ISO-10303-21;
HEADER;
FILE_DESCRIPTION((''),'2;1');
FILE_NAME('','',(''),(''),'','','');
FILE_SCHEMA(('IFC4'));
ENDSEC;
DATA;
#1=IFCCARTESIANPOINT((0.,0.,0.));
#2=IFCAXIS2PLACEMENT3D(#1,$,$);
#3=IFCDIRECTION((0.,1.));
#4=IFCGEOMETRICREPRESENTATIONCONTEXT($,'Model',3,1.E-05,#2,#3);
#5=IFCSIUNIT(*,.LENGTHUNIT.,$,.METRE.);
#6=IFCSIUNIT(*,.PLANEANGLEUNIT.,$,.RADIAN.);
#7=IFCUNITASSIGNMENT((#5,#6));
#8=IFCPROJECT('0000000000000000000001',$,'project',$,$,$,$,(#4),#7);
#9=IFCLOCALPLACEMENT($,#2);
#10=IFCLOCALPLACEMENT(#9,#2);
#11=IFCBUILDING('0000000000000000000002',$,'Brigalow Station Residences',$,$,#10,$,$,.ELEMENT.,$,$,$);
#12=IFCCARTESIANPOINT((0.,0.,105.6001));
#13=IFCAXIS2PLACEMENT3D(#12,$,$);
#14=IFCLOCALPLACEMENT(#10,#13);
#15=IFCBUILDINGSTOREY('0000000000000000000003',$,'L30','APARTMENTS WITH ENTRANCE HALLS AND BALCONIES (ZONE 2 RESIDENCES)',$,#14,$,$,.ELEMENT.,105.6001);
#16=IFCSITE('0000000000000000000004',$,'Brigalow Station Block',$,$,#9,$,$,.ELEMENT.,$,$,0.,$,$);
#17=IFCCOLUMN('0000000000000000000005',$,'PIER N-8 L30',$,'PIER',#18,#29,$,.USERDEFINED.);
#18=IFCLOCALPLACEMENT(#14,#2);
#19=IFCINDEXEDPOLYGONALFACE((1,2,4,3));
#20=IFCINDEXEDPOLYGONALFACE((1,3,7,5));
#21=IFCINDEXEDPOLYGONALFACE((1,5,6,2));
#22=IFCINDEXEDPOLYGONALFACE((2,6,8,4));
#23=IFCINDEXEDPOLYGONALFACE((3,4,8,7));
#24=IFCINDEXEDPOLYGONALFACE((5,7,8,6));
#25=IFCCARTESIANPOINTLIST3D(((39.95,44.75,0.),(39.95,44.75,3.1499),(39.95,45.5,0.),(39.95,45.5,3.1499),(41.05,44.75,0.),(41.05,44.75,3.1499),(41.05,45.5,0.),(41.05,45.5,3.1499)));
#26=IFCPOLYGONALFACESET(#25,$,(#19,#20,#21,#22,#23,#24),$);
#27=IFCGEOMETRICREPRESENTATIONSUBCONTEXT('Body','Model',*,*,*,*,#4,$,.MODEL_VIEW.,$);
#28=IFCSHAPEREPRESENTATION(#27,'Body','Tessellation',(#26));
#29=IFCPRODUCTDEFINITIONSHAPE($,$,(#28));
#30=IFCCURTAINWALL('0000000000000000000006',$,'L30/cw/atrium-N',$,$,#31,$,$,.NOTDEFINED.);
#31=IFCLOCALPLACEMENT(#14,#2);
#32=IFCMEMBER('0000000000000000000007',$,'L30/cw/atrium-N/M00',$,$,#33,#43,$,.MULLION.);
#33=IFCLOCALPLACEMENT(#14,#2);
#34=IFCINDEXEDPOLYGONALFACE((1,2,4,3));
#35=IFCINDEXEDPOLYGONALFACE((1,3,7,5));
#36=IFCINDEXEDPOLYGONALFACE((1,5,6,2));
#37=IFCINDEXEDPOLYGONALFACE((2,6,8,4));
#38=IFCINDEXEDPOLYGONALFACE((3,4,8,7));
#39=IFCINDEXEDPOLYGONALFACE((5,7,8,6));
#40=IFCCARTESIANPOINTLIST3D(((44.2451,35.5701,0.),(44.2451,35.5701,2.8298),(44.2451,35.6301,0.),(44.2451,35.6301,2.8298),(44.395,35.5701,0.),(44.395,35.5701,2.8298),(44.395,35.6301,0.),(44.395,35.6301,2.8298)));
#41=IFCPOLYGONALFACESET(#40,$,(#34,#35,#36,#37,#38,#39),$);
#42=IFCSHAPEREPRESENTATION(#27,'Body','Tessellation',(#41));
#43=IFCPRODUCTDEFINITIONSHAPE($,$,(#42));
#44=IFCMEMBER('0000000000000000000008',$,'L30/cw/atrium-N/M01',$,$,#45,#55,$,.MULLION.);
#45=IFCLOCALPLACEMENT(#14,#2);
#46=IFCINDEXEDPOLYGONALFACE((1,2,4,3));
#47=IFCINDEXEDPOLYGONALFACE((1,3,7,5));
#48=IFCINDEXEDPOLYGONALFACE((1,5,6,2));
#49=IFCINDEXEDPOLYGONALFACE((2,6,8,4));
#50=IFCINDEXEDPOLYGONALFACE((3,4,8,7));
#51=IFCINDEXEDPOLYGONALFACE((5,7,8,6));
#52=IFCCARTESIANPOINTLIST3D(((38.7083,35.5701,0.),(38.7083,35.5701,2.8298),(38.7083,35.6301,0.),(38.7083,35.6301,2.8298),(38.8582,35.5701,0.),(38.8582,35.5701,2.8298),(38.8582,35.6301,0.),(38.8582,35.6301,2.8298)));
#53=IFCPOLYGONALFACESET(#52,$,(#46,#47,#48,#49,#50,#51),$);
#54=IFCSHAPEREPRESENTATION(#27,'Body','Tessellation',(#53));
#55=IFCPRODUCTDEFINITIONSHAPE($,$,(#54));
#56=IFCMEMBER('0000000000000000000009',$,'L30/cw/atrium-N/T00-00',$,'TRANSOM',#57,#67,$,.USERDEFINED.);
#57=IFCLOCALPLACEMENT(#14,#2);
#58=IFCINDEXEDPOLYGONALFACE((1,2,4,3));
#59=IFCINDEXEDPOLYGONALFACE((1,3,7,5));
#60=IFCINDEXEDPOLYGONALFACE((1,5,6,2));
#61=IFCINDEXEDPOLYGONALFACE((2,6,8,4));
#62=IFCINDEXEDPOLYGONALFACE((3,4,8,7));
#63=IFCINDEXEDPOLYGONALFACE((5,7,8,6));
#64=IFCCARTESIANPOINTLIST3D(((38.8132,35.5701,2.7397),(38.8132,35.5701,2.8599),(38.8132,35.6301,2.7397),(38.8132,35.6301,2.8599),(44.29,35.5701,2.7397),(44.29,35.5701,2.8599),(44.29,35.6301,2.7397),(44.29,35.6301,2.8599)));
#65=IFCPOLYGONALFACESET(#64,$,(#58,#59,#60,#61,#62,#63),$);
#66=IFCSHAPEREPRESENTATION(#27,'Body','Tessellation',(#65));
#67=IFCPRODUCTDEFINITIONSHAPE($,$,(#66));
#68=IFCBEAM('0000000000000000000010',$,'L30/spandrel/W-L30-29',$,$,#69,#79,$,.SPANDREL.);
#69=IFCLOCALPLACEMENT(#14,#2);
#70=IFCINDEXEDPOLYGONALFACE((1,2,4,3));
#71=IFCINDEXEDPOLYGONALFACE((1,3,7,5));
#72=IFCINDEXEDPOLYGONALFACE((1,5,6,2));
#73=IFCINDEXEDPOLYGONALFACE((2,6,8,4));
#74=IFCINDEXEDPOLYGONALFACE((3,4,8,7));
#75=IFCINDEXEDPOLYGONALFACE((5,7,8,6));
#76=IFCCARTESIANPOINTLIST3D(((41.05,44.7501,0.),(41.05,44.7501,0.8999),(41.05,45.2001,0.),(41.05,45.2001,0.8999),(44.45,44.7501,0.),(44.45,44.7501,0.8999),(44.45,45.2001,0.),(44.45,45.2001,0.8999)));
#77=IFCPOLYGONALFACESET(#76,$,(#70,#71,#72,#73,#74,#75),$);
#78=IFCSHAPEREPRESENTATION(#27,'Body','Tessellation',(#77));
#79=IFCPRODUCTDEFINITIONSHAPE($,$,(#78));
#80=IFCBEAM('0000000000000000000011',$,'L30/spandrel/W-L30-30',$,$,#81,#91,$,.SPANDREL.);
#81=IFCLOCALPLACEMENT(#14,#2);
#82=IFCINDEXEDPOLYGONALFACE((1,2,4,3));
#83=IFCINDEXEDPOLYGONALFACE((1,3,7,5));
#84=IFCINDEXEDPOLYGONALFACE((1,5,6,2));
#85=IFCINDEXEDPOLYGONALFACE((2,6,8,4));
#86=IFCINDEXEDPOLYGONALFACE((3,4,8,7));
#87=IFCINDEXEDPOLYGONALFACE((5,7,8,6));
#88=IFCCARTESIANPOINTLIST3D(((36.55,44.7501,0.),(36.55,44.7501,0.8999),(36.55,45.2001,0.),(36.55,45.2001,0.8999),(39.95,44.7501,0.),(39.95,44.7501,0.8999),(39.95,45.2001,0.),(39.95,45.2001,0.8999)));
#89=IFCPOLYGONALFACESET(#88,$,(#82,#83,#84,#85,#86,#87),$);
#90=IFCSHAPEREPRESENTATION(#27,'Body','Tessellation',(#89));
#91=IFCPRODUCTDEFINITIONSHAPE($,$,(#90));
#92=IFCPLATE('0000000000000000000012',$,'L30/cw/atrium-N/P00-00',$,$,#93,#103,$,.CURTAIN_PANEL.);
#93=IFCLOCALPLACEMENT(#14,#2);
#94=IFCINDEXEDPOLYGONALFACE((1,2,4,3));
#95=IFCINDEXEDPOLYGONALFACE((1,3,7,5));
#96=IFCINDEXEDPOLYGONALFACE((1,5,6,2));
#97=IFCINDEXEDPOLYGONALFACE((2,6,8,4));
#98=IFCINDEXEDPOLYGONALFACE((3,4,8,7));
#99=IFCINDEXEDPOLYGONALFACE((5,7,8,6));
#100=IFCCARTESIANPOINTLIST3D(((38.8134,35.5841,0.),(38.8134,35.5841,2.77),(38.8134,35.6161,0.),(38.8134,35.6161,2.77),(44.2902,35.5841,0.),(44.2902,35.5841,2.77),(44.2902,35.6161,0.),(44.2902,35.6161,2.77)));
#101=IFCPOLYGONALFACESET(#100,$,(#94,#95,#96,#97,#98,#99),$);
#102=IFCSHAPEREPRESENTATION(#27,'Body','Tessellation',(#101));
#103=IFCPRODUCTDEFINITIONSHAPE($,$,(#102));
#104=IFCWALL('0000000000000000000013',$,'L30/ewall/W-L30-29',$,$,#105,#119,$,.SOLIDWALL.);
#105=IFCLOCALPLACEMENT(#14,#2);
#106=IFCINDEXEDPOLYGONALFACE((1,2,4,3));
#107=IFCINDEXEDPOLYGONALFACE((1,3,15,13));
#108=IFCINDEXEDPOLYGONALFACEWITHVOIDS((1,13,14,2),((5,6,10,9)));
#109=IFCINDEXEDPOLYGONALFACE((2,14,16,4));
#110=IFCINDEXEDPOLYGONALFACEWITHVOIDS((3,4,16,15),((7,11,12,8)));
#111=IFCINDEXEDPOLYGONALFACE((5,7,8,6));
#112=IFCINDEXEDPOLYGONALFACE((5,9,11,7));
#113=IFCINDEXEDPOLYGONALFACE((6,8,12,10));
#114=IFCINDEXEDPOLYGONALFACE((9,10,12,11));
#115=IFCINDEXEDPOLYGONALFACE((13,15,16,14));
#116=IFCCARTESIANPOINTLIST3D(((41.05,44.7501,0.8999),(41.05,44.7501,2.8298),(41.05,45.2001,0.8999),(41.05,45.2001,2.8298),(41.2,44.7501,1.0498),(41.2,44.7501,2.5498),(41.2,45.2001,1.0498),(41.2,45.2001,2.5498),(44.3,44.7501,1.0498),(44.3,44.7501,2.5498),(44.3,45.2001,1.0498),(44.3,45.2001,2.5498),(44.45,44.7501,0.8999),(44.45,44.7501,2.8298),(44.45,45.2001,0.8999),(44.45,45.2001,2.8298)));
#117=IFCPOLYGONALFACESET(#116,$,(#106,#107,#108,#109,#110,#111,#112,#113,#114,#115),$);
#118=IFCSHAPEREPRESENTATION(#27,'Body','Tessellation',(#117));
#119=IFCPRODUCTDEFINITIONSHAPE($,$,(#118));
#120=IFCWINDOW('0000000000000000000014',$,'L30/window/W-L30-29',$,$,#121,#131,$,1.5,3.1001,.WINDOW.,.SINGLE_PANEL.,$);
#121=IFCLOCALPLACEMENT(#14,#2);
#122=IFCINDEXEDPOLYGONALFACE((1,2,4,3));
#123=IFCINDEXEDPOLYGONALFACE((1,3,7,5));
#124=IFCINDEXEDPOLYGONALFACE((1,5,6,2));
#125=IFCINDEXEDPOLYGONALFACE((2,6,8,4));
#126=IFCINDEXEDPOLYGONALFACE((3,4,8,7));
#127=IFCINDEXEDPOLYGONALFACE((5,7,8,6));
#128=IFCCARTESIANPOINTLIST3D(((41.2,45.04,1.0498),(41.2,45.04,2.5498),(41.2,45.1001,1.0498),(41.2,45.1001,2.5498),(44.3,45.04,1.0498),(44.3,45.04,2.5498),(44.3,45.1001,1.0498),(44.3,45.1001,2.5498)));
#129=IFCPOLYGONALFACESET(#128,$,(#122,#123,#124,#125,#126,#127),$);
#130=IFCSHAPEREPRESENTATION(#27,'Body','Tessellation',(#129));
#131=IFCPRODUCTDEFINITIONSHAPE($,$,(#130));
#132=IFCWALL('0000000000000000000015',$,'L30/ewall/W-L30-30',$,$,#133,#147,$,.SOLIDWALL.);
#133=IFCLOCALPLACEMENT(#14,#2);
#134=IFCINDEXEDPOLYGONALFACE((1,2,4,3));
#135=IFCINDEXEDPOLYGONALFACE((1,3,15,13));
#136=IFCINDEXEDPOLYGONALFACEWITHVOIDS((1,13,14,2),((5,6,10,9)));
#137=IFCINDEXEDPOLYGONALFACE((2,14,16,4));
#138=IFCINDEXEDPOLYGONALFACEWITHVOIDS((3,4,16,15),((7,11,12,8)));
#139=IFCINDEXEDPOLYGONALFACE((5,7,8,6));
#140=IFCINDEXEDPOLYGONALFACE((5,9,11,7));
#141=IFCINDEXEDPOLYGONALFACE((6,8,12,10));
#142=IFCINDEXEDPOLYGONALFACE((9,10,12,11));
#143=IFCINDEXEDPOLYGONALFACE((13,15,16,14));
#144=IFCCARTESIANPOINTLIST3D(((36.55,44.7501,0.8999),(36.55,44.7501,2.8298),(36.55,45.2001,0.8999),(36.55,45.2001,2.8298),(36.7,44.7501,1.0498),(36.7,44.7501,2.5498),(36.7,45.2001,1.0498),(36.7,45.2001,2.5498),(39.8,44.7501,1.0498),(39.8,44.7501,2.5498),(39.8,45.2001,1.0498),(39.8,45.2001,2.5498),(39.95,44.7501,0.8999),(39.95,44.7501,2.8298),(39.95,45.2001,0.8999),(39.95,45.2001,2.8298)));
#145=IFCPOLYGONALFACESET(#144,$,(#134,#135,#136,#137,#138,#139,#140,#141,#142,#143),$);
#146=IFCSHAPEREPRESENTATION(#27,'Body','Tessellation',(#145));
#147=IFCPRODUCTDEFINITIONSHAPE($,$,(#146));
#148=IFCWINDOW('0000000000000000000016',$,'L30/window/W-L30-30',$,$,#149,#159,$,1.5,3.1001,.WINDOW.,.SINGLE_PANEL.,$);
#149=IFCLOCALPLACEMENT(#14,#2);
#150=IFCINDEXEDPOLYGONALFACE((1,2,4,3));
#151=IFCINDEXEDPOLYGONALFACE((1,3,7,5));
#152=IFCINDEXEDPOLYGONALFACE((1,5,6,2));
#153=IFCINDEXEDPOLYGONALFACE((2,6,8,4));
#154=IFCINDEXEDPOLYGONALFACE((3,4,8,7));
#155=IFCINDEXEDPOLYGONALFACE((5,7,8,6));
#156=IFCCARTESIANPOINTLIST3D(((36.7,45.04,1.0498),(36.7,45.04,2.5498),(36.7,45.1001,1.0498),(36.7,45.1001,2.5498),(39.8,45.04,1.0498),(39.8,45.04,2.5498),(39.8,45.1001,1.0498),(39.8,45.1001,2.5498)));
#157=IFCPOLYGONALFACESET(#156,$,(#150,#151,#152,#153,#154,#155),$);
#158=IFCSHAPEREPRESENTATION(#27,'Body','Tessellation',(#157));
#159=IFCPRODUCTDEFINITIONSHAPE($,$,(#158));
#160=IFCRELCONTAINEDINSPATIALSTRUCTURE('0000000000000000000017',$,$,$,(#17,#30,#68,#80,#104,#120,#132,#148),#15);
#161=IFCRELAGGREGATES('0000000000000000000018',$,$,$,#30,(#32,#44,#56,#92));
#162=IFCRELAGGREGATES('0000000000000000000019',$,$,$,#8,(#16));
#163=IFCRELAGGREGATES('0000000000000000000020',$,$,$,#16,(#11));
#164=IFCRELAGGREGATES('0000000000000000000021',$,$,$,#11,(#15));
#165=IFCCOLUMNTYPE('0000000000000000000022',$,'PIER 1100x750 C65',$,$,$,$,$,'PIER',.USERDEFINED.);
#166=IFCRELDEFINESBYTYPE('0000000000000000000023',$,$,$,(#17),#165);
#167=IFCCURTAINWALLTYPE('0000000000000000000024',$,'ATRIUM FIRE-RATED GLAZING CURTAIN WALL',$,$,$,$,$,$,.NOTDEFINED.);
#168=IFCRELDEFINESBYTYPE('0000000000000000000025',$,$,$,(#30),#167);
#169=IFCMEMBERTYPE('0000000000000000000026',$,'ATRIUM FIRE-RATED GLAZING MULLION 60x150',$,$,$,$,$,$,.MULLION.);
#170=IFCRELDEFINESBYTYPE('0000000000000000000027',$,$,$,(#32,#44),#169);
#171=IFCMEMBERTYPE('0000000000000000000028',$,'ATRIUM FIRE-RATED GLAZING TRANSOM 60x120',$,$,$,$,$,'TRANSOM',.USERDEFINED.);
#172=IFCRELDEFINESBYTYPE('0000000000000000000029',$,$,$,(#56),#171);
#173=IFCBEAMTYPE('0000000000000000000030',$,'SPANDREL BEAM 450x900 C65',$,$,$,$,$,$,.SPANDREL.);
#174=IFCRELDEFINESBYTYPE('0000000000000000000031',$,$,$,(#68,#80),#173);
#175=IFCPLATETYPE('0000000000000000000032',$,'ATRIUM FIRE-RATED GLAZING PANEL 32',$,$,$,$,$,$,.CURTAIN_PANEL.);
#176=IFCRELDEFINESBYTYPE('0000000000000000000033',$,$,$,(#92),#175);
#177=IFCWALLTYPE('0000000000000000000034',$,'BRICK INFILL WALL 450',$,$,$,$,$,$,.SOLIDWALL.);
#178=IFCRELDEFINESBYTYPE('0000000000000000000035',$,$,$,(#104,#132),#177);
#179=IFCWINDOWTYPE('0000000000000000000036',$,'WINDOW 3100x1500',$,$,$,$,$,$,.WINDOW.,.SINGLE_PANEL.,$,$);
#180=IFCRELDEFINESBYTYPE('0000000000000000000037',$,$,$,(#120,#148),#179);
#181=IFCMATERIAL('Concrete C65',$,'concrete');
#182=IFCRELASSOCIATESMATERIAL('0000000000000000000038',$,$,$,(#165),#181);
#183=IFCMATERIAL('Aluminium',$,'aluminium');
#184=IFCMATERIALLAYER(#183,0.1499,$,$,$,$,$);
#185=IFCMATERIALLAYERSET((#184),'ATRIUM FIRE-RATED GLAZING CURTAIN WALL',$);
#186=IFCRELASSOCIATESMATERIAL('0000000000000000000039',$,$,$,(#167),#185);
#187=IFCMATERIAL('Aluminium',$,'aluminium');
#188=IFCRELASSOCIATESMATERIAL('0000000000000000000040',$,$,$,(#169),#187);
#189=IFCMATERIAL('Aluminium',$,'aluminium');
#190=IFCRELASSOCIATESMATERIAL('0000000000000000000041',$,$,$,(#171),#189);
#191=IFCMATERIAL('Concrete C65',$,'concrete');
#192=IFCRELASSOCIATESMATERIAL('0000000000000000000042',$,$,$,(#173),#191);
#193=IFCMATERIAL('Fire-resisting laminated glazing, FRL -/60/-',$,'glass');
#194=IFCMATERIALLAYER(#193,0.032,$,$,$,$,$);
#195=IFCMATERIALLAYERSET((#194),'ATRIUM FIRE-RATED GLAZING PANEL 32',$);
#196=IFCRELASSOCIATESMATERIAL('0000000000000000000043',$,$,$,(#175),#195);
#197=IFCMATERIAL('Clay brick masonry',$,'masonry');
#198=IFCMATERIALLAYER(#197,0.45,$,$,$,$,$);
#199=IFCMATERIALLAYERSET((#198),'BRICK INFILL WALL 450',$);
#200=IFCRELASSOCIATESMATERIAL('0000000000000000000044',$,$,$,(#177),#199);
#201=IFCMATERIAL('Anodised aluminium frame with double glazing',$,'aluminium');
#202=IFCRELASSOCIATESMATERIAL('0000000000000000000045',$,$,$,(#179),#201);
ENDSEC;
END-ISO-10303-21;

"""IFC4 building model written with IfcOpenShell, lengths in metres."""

from ifc_helpers import new_model, si_unit, direction, frame, frame_2d, origin, origin_2d, place, context, subcontext, project, spatial, rectangle, extrude, material, layer, layer_set, material_profile, profile_set, type_object, element, fill, aggregate, save


model = new_model("IFC4")

# Units and contexts
model_context = context("Model", 3, precision=1e-05, world=origin(), true_north=direction((0.0, 1.0)))
body_context = subcontext(model_context, "Body", "Model", "MODEL_VIEW")
ifc_project = project(units=[si_unit("LENGTHUNIT", "METRE"), si_unit("PLANEANGLEUNIT", "RADIAN")], contexts=[model_context])

# Site, building, storey
site_placement = place(None, origin())
site = spatial("IfcSite", under=ifc_project, at=site_placement, Name="Brigalow Station Block", CompositionType="ELEMENT", RefElevation=0.0)
building_placement = place(site_placement, origin())
building = spatial("IfcBuilding", under=site, at=building_placement, Name="Brigalow Station Residences", CompositionType="ELEMENT")
storey_placement = place(building_placement, frame((0.0, 0.0, 105.6001)))
storey = spatial("IfcBuildingStorey", under=building, at=storey_placement, Name="L30", Description="APARTMENTS WITH ENTRANCE HALLS AND BALCONIES (ZONE 2 RESIDENCES)", CompositionType="ELEMENT", Elevation=105.6001)

# Column
ifc_material_1 = material(Name="Concrete C65", Category="concrete")
ifc_material_profile_1 = material_profile(ifc_material_1, rectangle(XDim=1.1001, YDim=0.75, at=origin_2d()), Name="RC1100x750")
ifc_profile_set_1 = profile_set([ifc_material_profile_1], Name="Concrete C65")
column_type = type_object("IfcColumnType", Name="PIER 1100x750 C65", ElementType="PIER", PredefinedType="USERDEFINED", material=ifc_profile_set_1)
column_placement = place(storey_placement, frame((40.5, 45.125, 0.0), z_axis=(0.0, 0.0, 1.0), x_axis=(-1.0, 0.0, 0.0)))
element("IfcColumn", 1, at=column_placement, inside=storey, type_object=column_type, Name="PIER N-8 L30", ObjectType="PIER", PredefinedType="USERDEFINED", context=body_context, shape_type="SweptSolid", body=[
    extrude(rectangle(XDim=1.1001, YDim=0.75, at=origin_2d()), origin(), (0.0, 0.0, 1.0), 3.1499),
])

# Curtain wall, members
ifc_material_2 = material(Name="Aluminium", Category="aluminium")
ifc_layer_1 = layer(ifc_material_2, 0.1499)
ifc_layer_set_1 = layer_set([ifc_layer_1], Name="ATRIUM FIRE-RATED GLAZING CURTAIN WALL")
curtain_wall_type = type_object("IfcCurtainWallType", Name="ATRIUM FIRE-RATED GLAZING CURTAIN WALL", PredefinedType="NOTDEFINED", material=ifc_layer_set_1)
curtain_wall_placement = place(storey_placement, origin())
curtain_wall = element("IfcCurtainWall", 2, at=curtain_wall_placement, inside=storey, type_object=curtain_wall_type, Name="L30/cw/atrium-N", PredefinedType="NOTDEFINED")
ifc_material_3 = material(Name="Aluminium", Category="aluminium")
ifc_material_profile_2 = material_profile(ifc_material_3, rectangle(XDim=0.0601, YDim=0.1499, at=origin_2d()), Name="ATRIUM FIRE-RATED GLAZING MULLION 60x150")
ifc_profile_set_2 = profile_set([ifc_material_profile_2], Name="Aluminium")
member_type_1 = type_object("IfcMemberType", Name="ATRIUM FIRE-RATED GLAZING MULLION 60x150", PredefinedType="MULLION", material=ifc_profile_set_2)
member_1_placement = place(storey_placement, frame((44.3201, 35.6001, 0.0), z_axis=(0.0, 0.0, 1.0), x_axis=(0.0, -1.0, 0.0)))
member_1 = element("IfcMember", 3, at=member_1_placement, type_object=member_type_1, Name="L30/cw/atrium-N/M00", PredefinedType="MULLION", context=body_context, shape_type="SweptSolid", body=[
    extrude(rectangle(XDim=0.0601, YDim=0.1499, at=origin_2d()), origin(), (0.0, 0.0, 1.0), 2.8298),
])
member_2_placement = place(storey_placement, frame((38.7832, 35.6001, 0.0), z_axis=(0.0, 0.0, 1.0), x_axis=(0.0, -1.0, 0.0)))
member_2 = element("IfcMember", 4, at=member_2_placement, type_object=member_type_1, Name="L30/cw/atrium-N/M01", PredefinedType="MULLION", context=body_context, shape_type="SweptSolid", body=[
    extrude(rectangle(XDim=0.0601, YDim=0.1499, at=origin_2d()), origin(), (0.0, 0.0, 1.0), 2.8298),
])
ifc_material_4 = material(Name="Aluminium", Category="aluminium")
ifc_material_profile_3 = material_profile(ifc_material_4, rectangle(XDim=0.0601, YDim=0.1201, at=origin_2d()), Name="ATRIUM FIRE-RATED GLAZING TRANSOM 60x120")
ifc_profile_set_3 = profile_set([ifc_material_profile_3], Name="Aluminium")
member_type_2 = type_object("IfcMemberType", Name="ATRIUM FIRE-RATED GLAZING TRANSOM 60x120", ElementType="TRANSOM", PredefinedType="USERDEFINED", material=ifc_profile_set_3)
member_3_placement = place(storey_placement, frame((44.29, 35.6001, 2.7998), z_axis=(-1.0, 0.0, 0.0), x_axis=(0.0, -1.0, 0.0)))
member_3 = element("IfcMember", 5, at=member_3_placement, type_object=member_type_2, Name="L30/cw/atrium-N/T00-00", ObjectType="TRANSOM", PredefinedType="USERDEFINED", context=body_context, shape_type="SweptSolid", body=[
    extrude(rectangle(XDim=0.0601, YDim=0.1201, at=origin_2d()), origin(), (0.0, 0.0, 1.0), 5.4768),
])

# Beams
ifc_material_5 = material(Name="Concrete C65", Category="concrete")
ifc_material_profile_4 = material_profile(ifc_material_5, rectangle(XDim=0.45, YDim=0.8999, at=origin_2d()), Name="RC450x900")
ifc_profile_set_4 = profile_set([ifc_material_profile_4], Name="Concrete C65")
beam_type = type_object("IfcBeamType", Name="SPANDREL BEAM 450x900 C65", PredefinedType="SPANDREL", material=ifc_profile_set_4)
for number, where, z_axis, x_axis, name in (
    (6, (44.45, 44.9751, 0.45), (-1.0, 0.0, 0.0), (0.0, -1.0, 0.0), "L30/spandrel/W-L30-29"),
    (7, (39.95, 44.9751, 0.45), (-1.0, 0.0, 0.0), (0.0, -1.0, 0.0), "L30/spandrel/W-L30-30"),
):
    element("IfcBeam", number, at=place(storey_placement, frame(where, z_axis=z_axis, x_axis=x_axis)), inside=storey, type_object=beam_type, Name=name, PredefinedType="SPANDREL", context=body_context, shape_type="SweptSolid", body=[
        extrude(rectangle(XDim=0.45, YDim=0.8999, at=origin_2d()), origin(), (0.0, 0.0, 1.0), 3.3999),
    ])

# Plate
ifc_material_6 = material(Name="Fire-resisting laminated glazing, FRL -/60/-", Category="glass")
ifc_layer_2 = layer(ifc_material_6, 0.032)
ifc_layer_set_2 = layer_set([ifc_layer_2], Name="ATRIUM FIRE-RATED GLAZING PANEL 32")
plate_type = type_object("IfcPlateType", Name="ATRIUM FIRE-RATED GLAZING PANEL 32", PredefinedType="CURTAIN_PANEL", material=ifc_layer_set_2)
plate_placement = place(storey_placement, frame((41.5518, 35.6001, 0.0), z_axis=(0.0, 0.0, 1.0), x_axis=(-1.0, 0.0, 0.0)))
plate = element("IfcPlate", 8, at=plate_placement, type_object=plate_type, Name="L30/cw/atrium-N/P00-00", PredefinedType="CURTAIN_PANEL", context=body_context, shape_type="SweptSolid", body=[
    extrude(rectangle(XDim=5.4768, YDim=0.032, at=origin_2d()), origin(), (0.0, 0.0, 1.0), 2.77),
])
aggregate(curtain_wall, [member_1, member_2, member_3, plate])

# Walls, openings, windows
ifc_material_7 = material(Name="Clay brick masonry", Category="masonry")
ifc_layer_3 = layer(ifc_material_7, 0.45)
ifc_layer_set_3 = layer_set([ifc_layer_3], Name="BRICK INFILL WALL 450")
wall_type_1 = type_object("IfcWallType", Name="BRICK INFILL WALL 450", PredefinedType="SOLIDWALL", material=ifc_layer_set_3)
wall_1_placement = place(storey_placement, frame((44.45, 44.9751, 0.8999), z_axis=(0.0, 0.0, 1.0), x_axis=(-1.0, 0.0, 0.0)))
wall_1 = element("IfcWall", 9, at=wall_1_placement, inside=storey, type_object=wall_type_1, Name="L30/ewall/W-L30-29", PredefinedType="SOLIDWALL", context=body_context, shape_type="SweptSolid", body=[
    extrude(rectangle(XDim=3.3999, YDim=0.45, at=frame_2d((1.7, 0.0))), origin(), (0.0, 0.0, 1.0), 1.9299),
])
opening_1_placement = place(wall_1_placement, frame((0.1499, 0.0, 0.1499)))
opening_1 = element("IfcOpeningElement", 10, at=opening_1_placement, cuts=wall_1, PredefinedType="OPENING", context=body_context, shape_type="SweptSolid", body=[
    extrude(rectangle(XDim=3.1001, YDim=1.5, at=frame_2d((1.55, 0.75))), frame((0.0, 0.2349, 0.0), z_axis=(0.0, -1.0, 0.0), x_axis=(1.0, 0.0, 0.0)), (0.0, 0.0, 1.0), 0.47),
])
ifc_material_8 = material(Name="Anodised aluminium frame with double glazing", Category="aluminium")
window_type = type_object("IfcWindowType", Name="WINDOW 3100x1500", PartitioningType="SINGLE_PANEL", PredefinedType="WINDOW", material=ifc_material_8)
window_1_placement = place(opening_1_placement, origin())
window_1 = element("IfcWindow", 11, at=window_1_placement, inside=storey, type_object=window_type, Name="L30/window/W-L30-29", OverallHeight=1.5, OverallWidth=3.1001, PartitioningType="SINGLE_PANEL", PredefinedType="WINDOW", context=body_context, shape_type="SweptSolid", body=[
    extrude(rectangle(XDim=3.1001, YDim=1.5, at=frame_2d((1.55, 0.75))), frame((0.0, -0.0649, 0.0), z_axis=(0.0, -1.0, 0.0), x_axis=(1.0, 0.0, 0.0)), (0.0, 0.0, 1.0), 0.0601),
])
fill(opening_1, window_1)
wall_2_placement = place(storey_placement, frame((39.95, 44.9751, 0.8999), z_axis=(0.0, 0.0, 1.0), x_axis=(-1.0, 0.0, 0.0)))
wall_2 = element("IfcWall", 12, at=wall_2_placement, inside=storey, type_object=wall_type_1, Name="L30/ewall/W-L30-30", PredefinedType="SOLIDWALL", context=body_context, shape_type="SweptSolid", body=[
    extrude(rectangle(XDim=3.3999, YDim=0.45, at=frame_2d((1.7, 0.0))), origin(), (0.0, 0.0, 1.0), 1.9299),
])
opening_2_placement = place(wall_2_placement, frame((0.1499, 0.0, 0.1499)))
opening_2 = element("IfcOpeningElement", 13, at=opening_2_placement, cuts=wall_2, PredefinedType="OPENING", context=body_context, shape_type="SweptSolid", body=[
    extrude(rectangle(XDim=3.1001, YDim=1.5, at=frame_2d((1.55, 0.75))), frame((0.0, 0.2349, 0.0), z_axis=(0.0, -1.0, 0.0), x_axis=(1.0, 0.0, 0.0)), (0.0, 0.0, 1.0), 0.47),
])
window_2_placement = place(opening_2_placement, origin())
window_2 = element("IfcWindow", 14, at=window_2_placement, inside=storey, type_object=window_type, Name="L30/window/W-L30-30", OverallHeight=1.5, OverallWidth=3.1001, PartitioningType="SINGLE_PANEL", PredefinedType="WINDOW", context=body_context, shape_type="SweptSolid", body=[
    extrude(rectangle(XDim=3.1001, YDim=1.5, at=frame_2d((1.55, 0.75))), frame((0.0, -0.0649, 0.0), z_axis=(0.0, -1.0, 0.0), x_axis=(1.0, 0.0, 0.0)), (0.0, 0.0, 1.0), 0.0601),
])
fill(opening_2, window_2)

save(model, "model.ifc")
